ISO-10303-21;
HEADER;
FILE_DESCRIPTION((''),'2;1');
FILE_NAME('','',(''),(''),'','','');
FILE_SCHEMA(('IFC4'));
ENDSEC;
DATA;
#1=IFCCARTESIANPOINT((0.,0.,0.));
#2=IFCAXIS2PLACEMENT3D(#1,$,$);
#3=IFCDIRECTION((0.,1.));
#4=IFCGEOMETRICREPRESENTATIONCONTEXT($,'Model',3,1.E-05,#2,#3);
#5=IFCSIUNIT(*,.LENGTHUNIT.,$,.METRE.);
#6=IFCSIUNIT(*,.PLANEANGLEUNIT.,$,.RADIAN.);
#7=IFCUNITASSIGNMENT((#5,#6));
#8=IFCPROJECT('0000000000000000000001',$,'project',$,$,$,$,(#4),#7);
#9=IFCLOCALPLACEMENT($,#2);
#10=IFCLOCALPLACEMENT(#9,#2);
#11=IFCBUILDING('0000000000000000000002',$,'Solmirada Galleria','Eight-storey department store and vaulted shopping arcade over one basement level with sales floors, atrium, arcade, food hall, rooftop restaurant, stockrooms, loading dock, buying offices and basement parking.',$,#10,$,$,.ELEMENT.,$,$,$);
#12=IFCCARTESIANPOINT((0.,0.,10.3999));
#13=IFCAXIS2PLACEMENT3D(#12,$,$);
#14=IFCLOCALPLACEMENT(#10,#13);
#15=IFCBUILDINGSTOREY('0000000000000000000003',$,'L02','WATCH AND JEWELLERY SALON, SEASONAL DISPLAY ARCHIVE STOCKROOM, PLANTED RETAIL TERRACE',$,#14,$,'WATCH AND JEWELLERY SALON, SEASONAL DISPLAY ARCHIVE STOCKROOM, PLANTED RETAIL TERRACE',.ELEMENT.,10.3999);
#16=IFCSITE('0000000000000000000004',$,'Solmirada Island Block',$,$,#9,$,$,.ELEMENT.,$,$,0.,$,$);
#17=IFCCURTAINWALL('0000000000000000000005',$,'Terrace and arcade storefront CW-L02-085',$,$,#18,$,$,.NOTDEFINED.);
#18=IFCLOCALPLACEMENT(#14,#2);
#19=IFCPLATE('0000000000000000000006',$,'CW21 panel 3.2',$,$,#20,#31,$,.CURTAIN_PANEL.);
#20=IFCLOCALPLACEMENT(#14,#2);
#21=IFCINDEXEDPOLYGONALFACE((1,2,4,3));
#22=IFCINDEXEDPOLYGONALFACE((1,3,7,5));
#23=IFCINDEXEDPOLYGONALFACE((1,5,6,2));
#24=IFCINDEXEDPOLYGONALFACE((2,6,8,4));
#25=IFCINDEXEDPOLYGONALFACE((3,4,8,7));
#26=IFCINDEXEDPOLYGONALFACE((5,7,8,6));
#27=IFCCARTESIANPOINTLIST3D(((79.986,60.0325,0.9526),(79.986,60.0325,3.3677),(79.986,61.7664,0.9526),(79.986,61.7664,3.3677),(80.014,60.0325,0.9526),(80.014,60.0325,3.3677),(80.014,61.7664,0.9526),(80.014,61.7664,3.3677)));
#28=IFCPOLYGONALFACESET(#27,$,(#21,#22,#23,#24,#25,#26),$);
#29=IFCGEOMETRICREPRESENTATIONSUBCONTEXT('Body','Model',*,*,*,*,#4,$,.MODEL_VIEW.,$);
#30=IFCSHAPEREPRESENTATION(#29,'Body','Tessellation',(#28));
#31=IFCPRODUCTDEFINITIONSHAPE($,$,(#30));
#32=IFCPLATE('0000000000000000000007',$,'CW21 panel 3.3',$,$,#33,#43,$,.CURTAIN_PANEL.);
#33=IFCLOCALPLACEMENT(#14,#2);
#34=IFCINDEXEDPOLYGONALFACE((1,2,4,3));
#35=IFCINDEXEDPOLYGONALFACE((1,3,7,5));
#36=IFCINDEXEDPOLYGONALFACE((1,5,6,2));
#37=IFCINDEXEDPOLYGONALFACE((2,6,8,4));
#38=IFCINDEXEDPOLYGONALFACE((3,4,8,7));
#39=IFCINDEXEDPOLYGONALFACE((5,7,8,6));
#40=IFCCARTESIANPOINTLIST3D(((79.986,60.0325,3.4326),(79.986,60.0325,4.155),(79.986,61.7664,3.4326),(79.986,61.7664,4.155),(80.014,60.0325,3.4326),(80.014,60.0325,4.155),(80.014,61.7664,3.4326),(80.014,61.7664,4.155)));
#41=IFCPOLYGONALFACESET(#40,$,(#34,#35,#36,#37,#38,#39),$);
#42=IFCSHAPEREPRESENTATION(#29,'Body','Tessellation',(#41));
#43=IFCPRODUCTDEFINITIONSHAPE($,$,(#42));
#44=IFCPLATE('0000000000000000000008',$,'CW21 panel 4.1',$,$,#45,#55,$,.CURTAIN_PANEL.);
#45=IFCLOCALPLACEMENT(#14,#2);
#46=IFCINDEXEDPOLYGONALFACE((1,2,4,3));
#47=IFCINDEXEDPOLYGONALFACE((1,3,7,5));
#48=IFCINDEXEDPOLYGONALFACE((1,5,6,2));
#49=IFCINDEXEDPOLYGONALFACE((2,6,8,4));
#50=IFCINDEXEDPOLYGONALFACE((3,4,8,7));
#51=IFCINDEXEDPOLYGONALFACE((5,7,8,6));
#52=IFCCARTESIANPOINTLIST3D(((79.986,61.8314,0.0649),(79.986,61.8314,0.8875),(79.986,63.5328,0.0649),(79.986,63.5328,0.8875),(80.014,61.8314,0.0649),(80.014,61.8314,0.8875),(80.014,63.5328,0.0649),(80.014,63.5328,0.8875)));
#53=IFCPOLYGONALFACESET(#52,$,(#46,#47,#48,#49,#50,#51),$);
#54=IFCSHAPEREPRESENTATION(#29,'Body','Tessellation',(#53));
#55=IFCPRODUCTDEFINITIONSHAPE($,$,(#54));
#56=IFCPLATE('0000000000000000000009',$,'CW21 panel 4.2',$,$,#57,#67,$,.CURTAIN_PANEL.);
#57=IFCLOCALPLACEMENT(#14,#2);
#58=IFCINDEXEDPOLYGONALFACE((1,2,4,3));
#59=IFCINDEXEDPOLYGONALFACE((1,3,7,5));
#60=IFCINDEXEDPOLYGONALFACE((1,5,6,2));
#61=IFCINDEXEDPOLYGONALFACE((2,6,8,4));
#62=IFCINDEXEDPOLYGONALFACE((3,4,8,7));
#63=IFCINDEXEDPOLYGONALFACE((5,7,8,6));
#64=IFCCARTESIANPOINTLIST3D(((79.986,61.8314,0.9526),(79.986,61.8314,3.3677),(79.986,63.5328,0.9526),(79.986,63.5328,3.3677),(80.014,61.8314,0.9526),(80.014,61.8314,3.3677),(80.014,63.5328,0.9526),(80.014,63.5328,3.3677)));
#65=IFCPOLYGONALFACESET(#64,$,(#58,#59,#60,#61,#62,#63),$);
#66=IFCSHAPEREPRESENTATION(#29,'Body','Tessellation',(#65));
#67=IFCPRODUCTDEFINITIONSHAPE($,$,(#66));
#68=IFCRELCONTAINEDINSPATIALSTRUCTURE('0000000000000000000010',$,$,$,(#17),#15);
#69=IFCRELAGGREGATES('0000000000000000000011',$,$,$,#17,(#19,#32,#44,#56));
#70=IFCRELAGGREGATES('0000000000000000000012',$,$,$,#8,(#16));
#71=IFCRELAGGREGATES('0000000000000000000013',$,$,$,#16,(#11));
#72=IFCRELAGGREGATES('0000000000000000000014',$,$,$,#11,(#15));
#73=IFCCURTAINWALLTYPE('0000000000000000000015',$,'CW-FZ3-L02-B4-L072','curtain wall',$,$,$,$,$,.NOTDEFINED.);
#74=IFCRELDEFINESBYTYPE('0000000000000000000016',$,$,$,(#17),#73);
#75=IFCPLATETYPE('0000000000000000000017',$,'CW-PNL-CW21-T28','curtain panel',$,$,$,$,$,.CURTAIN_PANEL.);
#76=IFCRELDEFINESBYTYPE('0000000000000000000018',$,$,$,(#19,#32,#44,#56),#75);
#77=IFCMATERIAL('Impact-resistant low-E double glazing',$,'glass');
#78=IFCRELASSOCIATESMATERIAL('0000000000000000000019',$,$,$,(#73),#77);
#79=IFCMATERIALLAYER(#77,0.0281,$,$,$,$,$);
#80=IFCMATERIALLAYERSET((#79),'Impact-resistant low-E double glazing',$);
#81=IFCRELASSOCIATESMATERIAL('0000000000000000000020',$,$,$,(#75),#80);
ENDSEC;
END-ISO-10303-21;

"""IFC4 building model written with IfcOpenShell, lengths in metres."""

from ifc_helpers import new_model, si_unit, direction, frame, origin, origin_2d, place, context, subcontext, project, spatial, rectangle, extrude, material, layer, layer_set, type_object, element, aggregate, save


model = new_model("IFC4")

# Units and contexts
model_context = context("Model", 3, precision=1e-05, world=origin(), true_north=direction((0.0, 1.0)))
body_context = subcontext(model_context, "Body", "Model", "MODEL_VIEW")
ifc_project = project(units=[si_unit("LENGTHUNIT", "METRE"), si_unit("PLANEANGLEUNIT", "RADIAN")], contexts=[model_context])

# Site, building, storey
site_placement = place(None, origin())
site = spatial("IfcSite", under=ifc_project, at=site_placement, Name="Solmirada Island Block", CompositionType="ELEMENT", RefElevation=0.0)
building_placement = place(site_placement, origin())
building = spatial("IfcBuilding", under=site, at=building_placement, Name="Solmirada Galleria", Description="Eight-storey department store and vaulted shopping arcade over one basement level with sales floors, atrium, arcade, food hall, rooftop restaurant, stockrooms, loading dock, buying offices and basement parking.", CompositionType="ELEMENT")
storey_placement = place(building_placement, frame((0.0, 0.0, 10.3999)))
storey = spatial("IfcBuildingStorey", under=building, at=storey_placement, Name="L02", Description="WATCH AND JEWELLERY SALON, SEASONAL DISPLAY ARCHIVE STOCKROOM, PLANTED RETAIL TERRACE", LongName="WATCH AND JEWELLERY SALON, SEASONAL DISPLAY ARCHIVE STOCKROOM, PLANTED RETAIL TERRACE", CompositionType="ELEMENT", Elevation=10.3999)

# Shared definitions
ifc_material_1 = material(Name="Impact-resistant low-E double glazing", Category="glass")
curtain_wall_type = type_object("IfcCurtainWallType", Name="CW-FZ3-L02-B4-L072", Description="curtain wall", PredefinedType="NOTDEFINED", material=ifc_material_1)

# Curtain wall
curtain_wall_1_placement = place(storey_placement, origin())
curtain_wall_1 = element("IfcCurtainWall", 1, at=curtain_wall_1_placement, inside=storey, type_object=curtain_wall_type, Name="Terrace and arcade storefront CW-L02-085", PredefinedType="NOTDEFINED")

# Plates
ifc_layer = layer(ifc_material_1, 0.0281)
ifc_layer_set = layer_set([ifc_layer], Name="Impact-resistant low-E double glazing")
plate_type = type_object("IfcPlateType", Name="CW-PNL-CW21-T28", Description="curtain panel", PredefinedType="CURTAIN_PANEL", material=ifc_layer_set)
plate_1_placement = place(storey_placement, frame((80.0, 60.8994, 0.9526), z_axis=(0.0, 0.0, 1.0), x_axis=(0.0, 1.0, 0.0)))
plate_1 = element("IfcPlate", 2, at=plate_1_placement, type_object=plate_type, Name="CW21 panel 3.2", PredefinedType="CURTAIN_PANEL", context=body_context, shape_type="SweptSolid", body=[
    extrude(rectangle(XDim=1.7339, YDim=0.0281, at=origin_2d()), origin(), (0.0, 0.0, 1.0), 2.415),
])
plate_2_placement = place(storey_placement, frame((80.0, 60.8994, 3.4326), z_axis=(0.0, 0.0, 1.0), x_axis=(0.0, 1.0, 0.0)))
plate_2 = element("IfcPlate", 3, at=plate_2_placement, type_object=plate_type, Name="CW21 panel 3.3", PredefinedType="CURTAIN_PANEL", context=body_context, shape_type="SweptSolid", body=[
    extrude(rectangle(XDim=1.7339, YDim=0.0281, at=origin_2d()), origin(), (0.0, 0.0, 1.0), 0.7224),
])
plate_3_placement = place(storey_placement, frame((80.0, 62.6821, 0.0649), z_axis=(0.0, 0.0, 1.0), x_axis=(0.0, 1.0, 0.0)))
plate_3 = element("IfcPlate", 4, at=plate_3_placement, type_object=plate_type, Name="CW21 panel 4.1", PredefinedType="CURTAIN_PANEL", context=body_context, shape_type="SweptSolid", body=[
    extrude(rectangle(XDim=1.7014, YDim=0.0281, at=origin_2d()), origin(), (0.0, 0.0, 1.0), 0.8225),
])
plate_4_placement = place(storey_placement, frame((80.0, 62.6821, 0.9526), z_axis=(0.0, 0.0, 1.0), x_axis=(0.0, 1.0, 0.0)))
plate_4 = element("IfcPlate", 5, at=plate_4_placement, type_object=plate_type, Name="CW21 panel 4.2", PredefinedType="CURTAIN_PANEL", context=body_context, shape_type="SweptSolid", body=[
    extrude(rectangle(XDim=1.7014, YDim=0.0281, at=origin_2d()), origin(), (0.0, 0.0, 1.0), 2.415),
])
aggregate(curtain_wall_1, [plate_1, plate_2, plate_3, plate_4])

save(model, "model.ifc")
